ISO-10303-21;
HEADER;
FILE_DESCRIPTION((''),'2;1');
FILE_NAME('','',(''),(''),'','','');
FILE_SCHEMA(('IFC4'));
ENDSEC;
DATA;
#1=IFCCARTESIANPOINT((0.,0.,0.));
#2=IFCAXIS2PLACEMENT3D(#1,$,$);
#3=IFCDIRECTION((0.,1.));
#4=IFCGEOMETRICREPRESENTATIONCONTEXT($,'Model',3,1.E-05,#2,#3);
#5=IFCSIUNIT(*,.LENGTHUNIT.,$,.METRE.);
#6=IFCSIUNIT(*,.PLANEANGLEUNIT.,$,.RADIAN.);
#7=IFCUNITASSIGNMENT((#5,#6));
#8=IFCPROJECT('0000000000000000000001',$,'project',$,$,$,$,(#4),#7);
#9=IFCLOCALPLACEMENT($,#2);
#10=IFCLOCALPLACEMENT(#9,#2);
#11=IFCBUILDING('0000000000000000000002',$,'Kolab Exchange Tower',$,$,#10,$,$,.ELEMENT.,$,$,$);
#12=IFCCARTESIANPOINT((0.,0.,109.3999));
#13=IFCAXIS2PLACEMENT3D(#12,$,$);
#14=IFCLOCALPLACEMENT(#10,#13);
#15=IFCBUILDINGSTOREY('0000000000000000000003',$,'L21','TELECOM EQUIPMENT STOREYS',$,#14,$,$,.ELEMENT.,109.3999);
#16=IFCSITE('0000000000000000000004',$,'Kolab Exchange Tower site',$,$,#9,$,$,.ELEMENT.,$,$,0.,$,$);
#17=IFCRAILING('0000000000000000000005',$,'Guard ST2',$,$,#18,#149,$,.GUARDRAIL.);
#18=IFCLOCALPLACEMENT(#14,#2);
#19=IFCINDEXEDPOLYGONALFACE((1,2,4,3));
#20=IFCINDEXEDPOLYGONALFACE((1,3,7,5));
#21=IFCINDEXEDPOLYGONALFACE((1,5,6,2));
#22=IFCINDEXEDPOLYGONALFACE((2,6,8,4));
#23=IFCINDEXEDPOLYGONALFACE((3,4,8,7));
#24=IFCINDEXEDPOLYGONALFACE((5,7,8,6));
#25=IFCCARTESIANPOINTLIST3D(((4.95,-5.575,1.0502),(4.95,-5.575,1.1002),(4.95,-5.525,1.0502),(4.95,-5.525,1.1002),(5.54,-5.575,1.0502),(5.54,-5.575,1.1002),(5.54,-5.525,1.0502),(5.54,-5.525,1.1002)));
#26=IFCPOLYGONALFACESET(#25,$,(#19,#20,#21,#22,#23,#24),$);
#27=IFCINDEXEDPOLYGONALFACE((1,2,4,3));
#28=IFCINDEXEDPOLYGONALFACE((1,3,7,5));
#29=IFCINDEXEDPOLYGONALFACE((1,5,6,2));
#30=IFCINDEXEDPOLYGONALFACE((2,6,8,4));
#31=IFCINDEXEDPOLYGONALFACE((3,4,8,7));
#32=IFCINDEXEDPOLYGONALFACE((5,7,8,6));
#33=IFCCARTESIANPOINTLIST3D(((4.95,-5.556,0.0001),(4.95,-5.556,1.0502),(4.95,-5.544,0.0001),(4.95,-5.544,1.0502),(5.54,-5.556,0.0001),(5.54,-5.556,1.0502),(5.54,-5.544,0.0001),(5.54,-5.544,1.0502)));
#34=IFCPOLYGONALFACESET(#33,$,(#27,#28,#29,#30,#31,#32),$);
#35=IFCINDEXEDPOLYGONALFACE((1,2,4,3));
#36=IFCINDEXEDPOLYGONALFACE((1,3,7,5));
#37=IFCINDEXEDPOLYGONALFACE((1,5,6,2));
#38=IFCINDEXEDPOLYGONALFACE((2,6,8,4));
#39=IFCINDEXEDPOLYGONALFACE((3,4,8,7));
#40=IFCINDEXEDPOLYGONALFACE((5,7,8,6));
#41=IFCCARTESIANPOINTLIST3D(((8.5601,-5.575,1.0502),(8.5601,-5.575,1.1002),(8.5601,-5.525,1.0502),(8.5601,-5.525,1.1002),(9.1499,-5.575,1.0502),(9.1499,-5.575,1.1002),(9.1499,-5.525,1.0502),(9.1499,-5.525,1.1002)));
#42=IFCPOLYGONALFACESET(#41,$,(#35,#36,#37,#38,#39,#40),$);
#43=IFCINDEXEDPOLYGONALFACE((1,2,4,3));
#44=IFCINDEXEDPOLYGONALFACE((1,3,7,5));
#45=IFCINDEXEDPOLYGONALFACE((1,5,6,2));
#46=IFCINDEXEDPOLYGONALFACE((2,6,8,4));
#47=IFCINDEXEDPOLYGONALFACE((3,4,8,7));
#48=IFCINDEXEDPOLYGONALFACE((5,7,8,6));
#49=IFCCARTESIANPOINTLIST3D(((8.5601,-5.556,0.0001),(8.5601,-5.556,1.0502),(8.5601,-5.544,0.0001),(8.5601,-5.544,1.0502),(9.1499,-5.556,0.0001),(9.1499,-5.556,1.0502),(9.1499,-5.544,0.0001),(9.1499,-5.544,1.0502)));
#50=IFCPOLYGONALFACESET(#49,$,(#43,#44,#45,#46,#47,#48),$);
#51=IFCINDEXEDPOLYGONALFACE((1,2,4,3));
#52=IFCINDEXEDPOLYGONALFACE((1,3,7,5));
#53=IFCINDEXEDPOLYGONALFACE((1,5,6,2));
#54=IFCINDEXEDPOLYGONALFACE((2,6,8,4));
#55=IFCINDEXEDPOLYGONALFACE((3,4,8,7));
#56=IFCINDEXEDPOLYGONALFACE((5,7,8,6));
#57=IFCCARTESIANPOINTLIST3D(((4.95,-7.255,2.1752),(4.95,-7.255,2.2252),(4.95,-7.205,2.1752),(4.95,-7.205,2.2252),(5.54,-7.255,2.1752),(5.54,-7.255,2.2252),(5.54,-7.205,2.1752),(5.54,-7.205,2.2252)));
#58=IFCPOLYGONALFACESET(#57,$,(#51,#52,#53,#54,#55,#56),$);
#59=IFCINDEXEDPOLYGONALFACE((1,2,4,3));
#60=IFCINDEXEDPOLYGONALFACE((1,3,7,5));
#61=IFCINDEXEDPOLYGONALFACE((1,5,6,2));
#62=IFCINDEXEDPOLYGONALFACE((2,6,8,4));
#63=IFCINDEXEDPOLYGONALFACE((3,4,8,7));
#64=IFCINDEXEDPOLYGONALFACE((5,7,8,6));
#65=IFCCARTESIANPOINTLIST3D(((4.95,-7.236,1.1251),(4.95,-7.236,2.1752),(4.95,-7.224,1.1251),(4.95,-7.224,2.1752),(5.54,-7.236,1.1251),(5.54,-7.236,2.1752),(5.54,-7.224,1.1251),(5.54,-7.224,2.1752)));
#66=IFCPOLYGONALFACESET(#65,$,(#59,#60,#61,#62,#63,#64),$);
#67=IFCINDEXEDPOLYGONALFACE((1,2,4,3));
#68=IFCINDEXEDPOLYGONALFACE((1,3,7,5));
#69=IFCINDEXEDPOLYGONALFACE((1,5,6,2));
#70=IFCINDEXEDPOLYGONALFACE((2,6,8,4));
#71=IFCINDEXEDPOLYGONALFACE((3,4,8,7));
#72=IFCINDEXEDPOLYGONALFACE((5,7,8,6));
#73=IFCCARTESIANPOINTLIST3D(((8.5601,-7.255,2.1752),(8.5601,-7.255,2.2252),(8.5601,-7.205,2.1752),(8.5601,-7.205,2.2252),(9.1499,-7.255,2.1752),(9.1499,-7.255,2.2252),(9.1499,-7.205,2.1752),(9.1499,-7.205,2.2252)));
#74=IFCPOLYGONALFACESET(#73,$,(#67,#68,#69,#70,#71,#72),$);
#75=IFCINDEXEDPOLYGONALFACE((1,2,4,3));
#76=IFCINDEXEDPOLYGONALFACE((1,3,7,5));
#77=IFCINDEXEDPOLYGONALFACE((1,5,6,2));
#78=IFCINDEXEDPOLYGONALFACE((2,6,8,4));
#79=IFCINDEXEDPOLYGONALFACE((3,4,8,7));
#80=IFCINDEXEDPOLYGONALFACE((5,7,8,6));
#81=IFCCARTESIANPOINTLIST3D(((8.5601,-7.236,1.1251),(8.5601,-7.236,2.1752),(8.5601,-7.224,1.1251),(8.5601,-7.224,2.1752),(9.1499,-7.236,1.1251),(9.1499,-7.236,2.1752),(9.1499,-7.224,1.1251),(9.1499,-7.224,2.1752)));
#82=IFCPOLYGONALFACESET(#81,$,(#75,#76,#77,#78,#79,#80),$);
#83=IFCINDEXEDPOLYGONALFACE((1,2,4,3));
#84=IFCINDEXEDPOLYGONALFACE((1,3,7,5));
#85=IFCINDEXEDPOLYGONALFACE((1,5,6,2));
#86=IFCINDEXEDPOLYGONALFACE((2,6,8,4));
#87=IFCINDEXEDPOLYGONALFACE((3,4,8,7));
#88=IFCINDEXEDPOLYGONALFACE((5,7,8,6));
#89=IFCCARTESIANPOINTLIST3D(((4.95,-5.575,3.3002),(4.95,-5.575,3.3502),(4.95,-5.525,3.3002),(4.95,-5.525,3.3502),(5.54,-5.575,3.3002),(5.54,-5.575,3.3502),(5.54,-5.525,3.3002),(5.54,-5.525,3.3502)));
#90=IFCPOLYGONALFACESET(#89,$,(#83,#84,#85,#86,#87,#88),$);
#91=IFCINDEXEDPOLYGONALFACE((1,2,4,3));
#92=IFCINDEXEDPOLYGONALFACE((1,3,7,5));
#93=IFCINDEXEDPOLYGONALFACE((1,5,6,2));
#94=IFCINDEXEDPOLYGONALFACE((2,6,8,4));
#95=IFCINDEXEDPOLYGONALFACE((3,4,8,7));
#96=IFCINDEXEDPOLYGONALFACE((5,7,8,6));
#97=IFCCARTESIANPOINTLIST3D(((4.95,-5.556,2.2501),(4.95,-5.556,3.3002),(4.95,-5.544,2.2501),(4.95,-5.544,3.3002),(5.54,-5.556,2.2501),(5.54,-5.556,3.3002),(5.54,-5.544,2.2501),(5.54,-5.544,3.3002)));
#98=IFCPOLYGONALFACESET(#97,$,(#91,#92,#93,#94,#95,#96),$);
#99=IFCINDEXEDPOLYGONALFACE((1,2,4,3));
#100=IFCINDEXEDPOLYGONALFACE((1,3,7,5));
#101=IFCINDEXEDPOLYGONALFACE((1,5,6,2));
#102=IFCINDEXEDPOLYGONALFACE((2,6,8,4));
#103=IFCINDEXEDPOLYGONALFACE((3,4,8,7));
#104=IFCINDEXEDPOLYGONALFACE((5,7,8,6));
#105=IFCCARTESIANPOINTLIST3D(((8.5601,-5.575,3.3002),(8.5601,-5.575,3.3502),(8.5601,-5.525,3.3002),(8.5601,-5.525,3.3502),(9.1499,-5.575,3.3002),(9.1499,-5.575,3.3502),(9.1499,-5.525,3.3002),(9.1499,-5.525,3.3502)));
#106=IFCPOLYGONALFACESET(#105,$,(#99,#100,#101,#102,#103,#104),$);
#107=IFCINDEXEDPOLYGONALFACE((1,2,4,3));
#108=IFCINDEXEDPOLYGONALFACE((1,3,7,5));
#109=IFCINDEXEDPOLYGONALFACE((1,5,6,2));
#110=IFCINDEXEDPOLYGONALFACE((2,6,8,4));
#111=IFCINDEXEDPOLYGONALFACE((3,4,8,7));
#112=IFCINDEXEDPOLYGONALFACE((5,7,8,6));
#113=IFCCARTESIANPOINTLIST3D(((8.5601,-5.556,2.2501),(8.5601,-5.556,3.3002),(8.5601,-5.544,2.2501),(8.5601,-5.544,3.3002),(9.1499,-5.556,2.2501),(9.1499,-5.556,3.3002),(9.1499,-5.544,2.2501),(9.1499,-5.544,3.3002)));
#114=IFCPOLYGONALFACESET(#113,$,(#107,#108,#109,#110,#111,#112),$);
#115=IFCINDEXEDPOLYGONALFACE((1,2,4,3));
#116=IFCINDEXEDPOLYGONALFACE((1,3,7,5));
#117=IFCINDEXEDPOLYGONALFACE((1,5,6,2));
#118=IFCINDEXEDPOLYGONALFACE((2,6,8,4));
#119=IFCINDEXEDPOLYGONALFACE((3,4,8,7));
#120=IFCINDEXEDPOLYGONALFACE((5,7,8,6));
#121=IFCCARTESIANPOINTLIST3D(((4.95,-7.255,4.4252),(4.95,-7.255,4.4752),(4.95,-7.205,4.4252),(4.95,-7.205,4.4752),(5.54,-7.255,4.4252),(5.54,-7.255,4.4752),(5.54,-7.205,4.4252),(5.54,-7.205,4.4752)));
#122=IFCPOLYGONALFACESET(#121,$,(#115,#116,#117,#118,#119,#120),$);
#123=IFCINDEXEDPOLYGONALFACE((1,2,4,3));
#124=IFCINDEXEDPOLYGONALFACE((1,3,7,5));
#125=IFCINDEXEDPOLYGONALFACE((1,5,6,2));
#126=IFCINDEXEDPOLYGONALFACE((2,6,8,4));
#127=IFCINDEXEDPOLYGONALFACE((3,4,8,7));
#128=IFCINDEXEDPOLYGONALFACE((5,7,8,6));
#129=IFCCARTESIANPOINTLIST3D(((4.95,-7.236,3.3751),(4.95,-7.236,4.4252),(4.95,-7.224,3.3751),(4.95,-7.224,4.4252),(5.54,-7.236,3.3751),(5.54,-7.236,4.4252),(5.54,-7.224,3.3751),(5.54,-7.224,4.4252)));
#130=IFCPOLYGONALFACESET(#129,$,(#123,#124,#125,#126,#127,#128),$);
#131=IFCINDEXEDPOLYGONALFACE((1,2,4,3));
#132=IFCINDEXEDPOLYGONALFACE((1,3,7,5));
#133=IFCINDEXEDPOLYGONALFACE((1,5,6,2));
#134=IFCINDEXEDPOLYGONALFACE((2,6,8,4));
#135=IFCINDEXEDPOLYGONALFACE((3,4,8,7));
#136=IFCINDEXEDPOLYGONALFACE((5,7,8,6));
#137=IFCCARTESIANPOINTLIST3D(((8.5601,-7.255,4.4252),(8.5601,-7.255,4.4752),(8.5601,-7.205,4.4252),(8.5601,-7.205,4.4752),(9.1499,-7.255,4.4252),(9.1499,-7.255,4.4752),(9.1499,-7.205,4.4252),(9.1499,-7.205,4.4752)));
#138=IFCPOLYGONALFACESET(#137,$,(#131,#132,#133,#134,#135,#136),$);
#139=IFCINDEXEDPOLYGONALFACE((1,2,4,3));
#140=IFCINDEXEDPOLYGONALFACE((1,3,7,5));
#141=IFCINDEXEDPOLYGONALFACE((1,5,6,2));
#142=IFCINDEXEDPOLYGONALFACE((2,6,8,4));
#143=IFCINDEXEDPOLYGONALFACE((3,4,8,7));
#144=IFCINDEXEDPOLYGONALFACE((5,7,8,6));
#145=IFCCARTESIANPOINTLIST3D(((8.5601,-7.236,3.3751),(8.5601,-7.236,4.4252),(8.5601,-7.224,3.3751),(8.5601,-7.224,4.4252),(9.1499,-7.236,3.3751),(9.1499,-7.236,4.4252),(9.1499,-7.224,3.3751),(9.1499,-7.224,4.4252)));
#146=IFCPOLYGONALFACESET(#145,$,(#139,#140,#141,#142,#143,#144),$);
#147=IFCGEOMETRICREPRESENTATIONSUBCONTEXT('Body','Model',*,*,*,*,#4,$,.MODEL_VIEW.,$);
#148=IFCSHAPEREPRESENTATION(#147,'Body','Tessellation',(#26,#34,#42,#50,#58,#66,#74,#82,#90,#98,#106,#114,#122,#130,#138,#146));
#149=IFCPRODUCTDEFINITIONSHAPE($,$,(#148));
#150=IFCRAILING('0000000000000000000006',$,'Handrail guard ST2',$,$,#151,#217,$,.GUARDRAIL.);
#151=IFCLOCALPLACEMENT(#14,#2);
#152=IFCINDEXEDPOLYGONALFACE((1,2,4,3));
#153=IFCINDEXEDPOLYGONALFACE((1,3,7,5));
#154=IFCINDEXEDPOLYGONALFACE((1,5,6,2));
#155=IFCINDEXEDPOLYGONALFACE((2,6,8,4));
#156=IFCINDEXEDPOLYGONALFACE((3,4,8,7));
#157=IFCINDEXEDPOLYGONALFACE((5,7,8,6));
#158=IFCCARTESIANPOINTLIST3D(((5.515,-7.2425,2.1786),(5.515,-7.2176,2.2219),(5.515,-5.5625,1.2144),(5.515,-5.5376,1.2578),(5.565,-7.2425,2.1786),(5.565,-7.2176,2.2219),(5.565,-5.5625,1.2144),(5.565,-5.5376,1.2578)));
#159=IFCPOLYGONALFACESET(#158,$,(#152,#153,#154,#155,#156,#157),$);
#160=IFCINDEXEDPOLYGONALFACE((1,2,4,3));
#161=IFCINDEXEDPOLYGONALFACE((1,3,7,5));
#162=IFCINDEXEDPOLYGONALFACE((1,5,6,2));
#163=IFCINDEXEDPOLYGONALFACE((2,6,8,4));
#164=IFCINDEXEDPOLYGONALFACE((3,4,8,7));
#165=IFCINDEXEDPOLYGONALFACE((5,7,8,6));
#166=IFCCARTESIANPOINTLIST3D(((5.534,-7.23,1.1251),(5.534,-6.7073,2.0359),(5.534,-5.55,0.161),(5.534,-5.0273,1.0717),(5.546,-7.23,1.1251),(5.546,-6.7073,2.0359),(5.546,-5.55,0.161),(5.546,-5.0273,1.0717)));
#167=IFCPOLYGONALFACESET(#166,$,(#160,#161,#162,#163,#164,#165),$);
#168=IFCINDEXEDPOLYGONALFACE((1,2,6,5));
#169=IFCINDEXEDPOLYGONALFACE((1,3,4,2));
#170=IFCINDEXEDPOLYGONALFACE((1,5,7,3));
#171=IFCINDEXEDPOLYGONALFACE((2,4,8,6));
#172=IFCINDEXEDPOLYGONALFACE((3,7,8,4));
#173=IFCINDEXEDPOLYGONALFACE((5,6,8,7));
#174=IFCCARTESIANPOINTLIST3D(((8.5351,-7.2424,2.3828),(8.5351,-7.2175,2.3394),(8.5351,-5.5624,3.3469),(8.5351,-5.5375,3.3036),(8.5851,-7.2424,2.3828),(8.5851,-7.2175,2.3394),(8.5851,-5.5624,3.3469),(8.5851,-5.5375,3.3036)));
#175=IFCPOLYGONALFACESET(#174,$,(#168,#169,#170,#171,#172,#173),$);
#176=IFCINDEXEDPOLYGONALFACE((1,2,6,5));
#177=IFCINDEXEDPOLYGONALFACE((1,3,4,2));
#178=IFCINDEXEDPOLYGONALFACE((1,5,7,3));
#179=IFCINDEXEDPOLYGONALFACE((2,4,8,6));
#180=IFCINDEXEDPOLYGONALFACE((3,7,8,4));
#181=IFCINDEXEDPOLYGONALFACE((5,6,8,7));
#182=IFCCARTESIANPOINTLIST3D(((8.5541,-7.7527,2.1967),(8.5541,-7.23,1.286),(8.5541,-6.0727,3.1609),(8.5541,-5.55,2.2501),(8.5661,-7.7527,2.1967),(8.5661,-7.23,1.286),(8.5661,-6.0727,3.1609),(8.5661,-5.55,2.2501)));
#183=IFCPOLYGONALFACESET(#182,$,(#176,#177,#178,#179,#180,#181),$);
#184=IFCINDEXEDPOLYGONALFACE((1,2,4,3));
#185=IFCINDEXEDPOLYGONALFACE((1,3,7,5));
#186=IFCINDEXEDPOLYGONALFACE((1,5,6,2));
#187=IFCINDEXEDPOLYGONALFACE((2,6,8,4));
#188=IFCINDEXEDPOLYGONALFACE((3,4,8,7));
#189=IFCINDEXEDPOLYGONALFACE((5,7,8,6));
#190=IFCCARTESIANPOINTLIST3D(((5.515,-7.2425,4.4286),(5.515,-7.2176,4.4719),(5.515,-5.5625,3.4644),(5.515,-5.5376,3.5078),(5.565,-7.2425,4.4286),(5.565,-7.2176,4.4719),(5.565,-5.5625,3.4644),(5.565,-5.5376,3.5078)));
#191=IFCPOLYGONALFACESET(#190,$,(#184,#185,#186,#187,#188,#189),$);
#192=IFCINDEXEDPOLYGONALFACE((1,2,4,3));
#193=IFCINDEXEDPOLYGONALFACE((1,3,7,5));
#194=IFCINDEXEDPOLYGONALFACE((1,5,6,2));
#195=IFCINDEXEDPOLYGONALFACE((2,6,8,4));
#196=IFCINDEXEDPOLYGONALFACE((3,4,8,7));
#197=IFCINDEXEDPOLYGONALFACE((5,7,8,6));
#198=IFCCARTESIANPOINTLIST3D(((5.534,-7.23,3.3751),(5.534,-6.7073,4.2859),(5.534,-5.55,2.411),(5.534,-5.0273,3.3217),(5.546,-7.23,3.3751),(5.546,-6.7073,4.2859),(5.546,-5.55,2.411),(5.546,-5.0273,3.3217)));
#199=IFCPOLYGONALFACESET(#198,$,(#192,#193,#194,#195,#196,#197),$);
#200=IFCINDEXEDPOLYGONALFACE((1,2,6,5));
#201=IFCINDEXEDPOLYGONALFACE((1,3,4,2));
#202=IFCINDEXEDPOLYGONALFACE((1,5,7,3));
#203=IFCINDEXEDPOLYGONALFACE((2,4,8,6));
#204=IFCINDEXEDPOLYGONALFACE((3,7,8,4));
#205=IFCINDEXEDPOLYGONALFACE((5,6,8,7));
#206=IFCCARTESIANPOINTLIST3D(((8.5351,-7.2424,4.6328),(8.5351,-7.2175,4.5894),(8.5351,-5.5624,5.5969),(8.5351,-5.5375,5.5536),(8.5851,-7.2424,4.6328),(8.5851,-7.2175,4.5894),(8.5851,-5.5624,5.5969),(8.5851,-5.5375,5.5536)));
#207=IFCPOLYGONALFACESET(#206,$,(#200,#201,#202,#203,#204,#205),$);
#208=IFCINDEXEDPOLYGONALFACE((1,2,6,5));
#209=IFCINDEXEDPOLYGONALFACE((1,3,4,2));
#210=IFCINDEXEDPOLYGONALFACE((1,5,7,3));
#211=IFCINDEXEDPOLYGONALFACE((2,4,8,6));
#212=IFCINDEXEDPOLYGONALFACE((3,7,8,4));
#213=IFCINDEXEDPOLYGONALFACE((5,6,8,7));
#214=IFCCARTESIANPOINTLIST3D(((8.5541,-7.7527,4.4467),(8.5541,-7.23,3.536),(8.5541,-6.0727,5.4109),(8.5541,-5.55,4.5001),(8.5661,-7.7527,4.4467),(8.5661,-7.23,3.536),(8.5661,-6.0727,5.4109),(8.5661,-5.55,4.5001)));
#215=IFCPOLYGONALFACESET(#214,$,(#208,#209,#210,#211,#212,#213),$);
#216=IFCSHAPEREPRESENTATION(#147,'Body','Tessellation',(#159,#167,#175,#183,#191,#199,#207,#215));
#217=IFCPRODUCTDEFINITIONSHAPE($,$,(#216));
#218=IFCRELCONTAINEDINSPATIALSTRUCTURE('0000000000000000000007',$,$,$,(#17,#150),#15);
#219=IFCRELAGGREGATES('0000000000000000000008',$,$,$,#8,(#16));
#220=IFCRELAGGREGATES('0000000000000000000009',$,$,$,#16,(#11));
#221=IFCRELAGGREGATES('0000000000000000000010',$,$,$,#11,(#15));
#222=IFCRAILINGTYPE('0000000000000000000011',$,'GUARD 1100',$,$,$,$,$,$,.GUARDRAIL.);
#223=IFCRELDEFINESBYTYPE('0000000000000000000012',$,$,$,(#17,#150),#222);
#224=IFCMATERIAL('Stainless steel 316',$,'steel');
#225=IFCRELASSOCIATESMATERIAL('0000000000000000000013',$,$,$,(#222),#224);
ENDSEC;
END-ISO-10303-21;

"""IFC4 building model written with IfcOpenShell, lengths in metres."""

from ifc_helpers import new_model, si_unit, direction, frame, frame_2d, origin, origin_2d, place, context, subcontext, project, spatial, rectangle, extrude, material, type_object, element, save


model = new_model("IFC4")

# Units and contexts
model_context = context("Model", 3, precision=1e-05, world=origin(), true_north=direction((0.0, 1.0)))
body_context = subcontext(model_context, "Body", "Model", "MODEL_VIEW")
ifc_project = project(units=[si_unit("LENGTHUNIT", "METRE"), si_unit("PLANEANGLEUNIT", "RADIAN")], contexts=[model_context])

# Site, building, storey
site_placement = place(None, origin())
site = spatial("IfcSite", under=ifc_project, at=site_placement, Name="Kolab Exchange Tower site", CompositionType="ELEMENT", RefElevation=0.0)
building_placement = place(site_placement, origin())
building = spatial("IfcBuilding", under=site, at=building_placement, Name="Kolab Exchange Tower", CompositionType="ELEMENT")
storey_placement = place(building_placement, frame((0.0, 0.0, 109.3999)))
storey = spatial("IfcBuildingStorey", under=building, at=storey_placement, Name="L21", Description="TELECOM EQUIPMENT STOREYS", CompositionType="ELEMENT", Elevation=109.3999)

# Shared definitions
ifc_material_1 = material(Name="Stainless steel 316", Category="steel")

# Railings
railing_type = type_object("IfcRailingType", Name="GUARD 1100", PredefinedType="GUARDRAIL", material=ifc_material_1)
railing_1_placement = place(storey_placement, frame((4.95, -5.55, 0.0)))
element("IfcRailing", 1, at=railing_1_placement, inside=storey, type_object=railing_type, Name="Guard ST2", PredefinedType="GUARDRAIL", context=body_context, shape_type="SweptSolid", body=[
    extrude(rectangle(XDim=0.05, YDim=0.05, at=origin_2d()), frame((0.0, 0.0, 1.0752), z_axis=(1.0, 0.0, 0.0), x_axis=(0.0, 1.0, 0.0)), (0.0, 0.0, 1.0), 0.5901),
    extrude(rectangle(XDim=0.012, YDim=1.0501, at=frame_2d((0.0, 0.5251))), frame((0.0, 0.0, 0.0), z_axis=(1.0, 0.0, 0.0), x_axis=(0.0, 1.0, 0.0)), (0.0, 0.0, 1.0), 0.5901),
    extrude(rectangle(XDim=0.05, YDim=0.05, at=origin_2d()), frame((3.6101, 0.0, 1.0752), z_axis=(1.0, 0.0, 0.0), x_axis=(0.0, 1.0, 0.0)), (0.0, 0.0, 1.0), 0.5898),
    extrude(rectangle(XDim=0.012, YDim=1.0501, at=frame_2d((0.0, 0.5251))), frame((3.6101, 0.0, 0.0), z_axis=(1.0, 0.0, 0.0), x_axis=(0.0, 1.0, 0.0)), (0.0, 0.0, 1.0), 0.5898),
    extrude(rectangle(XDim=0.05, YDim=0.05, at=origin_2d()), frame((0.0, -1.6799, 2.2002), z_axis=(1.0, 0.0, 0.0), x_axis=(0.0, 1.0, 0.0)), (0.0, 0.0, 1.0), 0.5901),
    extrude(rectangle(XDim=0.012, YDim=1.0501, at=frame_2d((0.0, 0.5251))), frame((0.0, -1.6799, 1.125), z_axis=(1.0, 0.0, 0.0), x_axis=(0.0, 1.0, 0.0)), (0.0, 0.0, 1.0), 0.5901),
    extrude(rectangle(XDim=0.05, YDim=0.05, at=origin_2d()), frame((3.6101, -1.6799, 2.2002), z_axis=(1.0, 0.0, 0.0), x_axis=(0.0, 1.0, 0.0)), (0.0, 0.0, 1.0), 0.5898),
    extrude(rectangle(XDim=0.012, YDim=1.0501, at=frame_2d((0.0, 0.5251))), frame((3.6101, -1.6799, 1.125), z_axis=(1.0, 0.0, 0.0), x_axis=(0.0, 1.0, 0.0)), (0.0, 0.0, 1.0), 0.5898),
    extrude(rectangle(XDim=0.05, YDim=0.05, at=origin_2d()), frame((0.0, 0.0, 3.3252), z_axis=(1.0, 0.0, 0.0), x_axis=(0.0, 1.0, 0.0)), (0.0, 0.0, 1.0), 0.5901),
    extrude(rectangle(XDim=0.012, YDim=1.0501, at=frame_2d((0.0, 0.5251))), frame((0.0, 0.0, 2.25), z_axis=(1.0, 0.0, 0.0), x_axis=(0.0, 1.0, 0.0)), (0.0, 0.0, 1.0), 0.5901),
    extrude(rectangle(XDim=0.05, YDim=0.05, at=origin_2d()), frame((3.6101, 0.0, 3.3252), z_axis=(1.0, 0.0, 0.0), x_axis=(0.0, 1.0, 0.0)), (0.0, 0.0, 1.0), 0.5898),
    extrude(rectangle(XDim=0.012, YDim=1.0501, at=frame_2d((0.0, 0.5251))), frame((3.6101, 0.0, 2.25), z_axis=(1.0, 0.0, 0.0), x_axis=(0.0, 1.0, 0.0)), (0.0, 0.0, 1.0), 0.5898),
    extrude(rectangle(XDim=0.05, YDim=0.05, at=origin_2d()), frame((0.0, -1.6799, 4.4502), z_axis=(1.0, 0.0, 0.0), x_axis=(0.0, 1.0, 0.0)), (0.0, 0.0, 1.0), 0.5901),
    extrude(rectangle(XDim=0.012, YDim=1.0501, at=frame_2d((0.0, 0.5251))), frame((0.0, -1.6799, 3.375), z_axis=(1.0, 0.0, 0.0), x_axis=(0.0, 1.0, 0.0)), (0.0, 0.0, 1.0), 0.5901),
    extrude(rectangle(XDim=0.05, YDim=0.05, at=origin_2d()), frame((3.6101, -1.6799, 4.4502), z_axis=(1.0, 0.0, 0.0), x_axis=(0.0, 1.0, 0.0)), (0.0, 0.0, 1.0), 0.5898),
    extrude(rectangle(XDim=0.012, YDim=1.0501, at=frame_2d((0.0, 0.5251))), frame((3.6101, -1.6799, 3.375), z_axis=(1.0, 0.0, 0.0), x_axis=(0.0, 1.0, 0.0)), (0.0, 0.0, 1.0), 0.5898),
])
railing_2_placement = place(storey_placement, frame((5.54, -5.55, 0.1609)))
element("IfcRailing", 2, at=railing_2_placement, inside=storey, type_object=railing_type, Name="Handrail guard ST2", PredefinedType="GUARDRAIL", context=body_context, shape_type="SweptSolid", body=[
    extrude(rectangle(XDim=0.05, YDim=0.05, at=origin_2d()), frame((0.0, 0.0, 1.0752), z_axis=(0.0, -0.867319, 0.497753), x_axis=(1.0, 0.0, 0.0)), (0.0, 0.0, 1.0), 1.937),
    extrude(rectangle(XDim=0.012, YDim=1.0501, at=frame_2d((0.0, 0.5251))), frame((0.0, 0.0, 0.0), z_axis=(0.0, -0.867319, 0.497753), x_axis=(1.0, 0.0, 0.0)), (0.0, 0.0, 1.0), 1.937),
    extrude(rectangle(XDim=0.05, YDim=0.05, at=origin_2d()), frame((3.02, -1.6799, 2.2002), z_axis=(0.0, 0.867319, 0.497753), x_axis=(-1.0, 0.0, 0.0)), (0.0, 0.0, 1.0), 1.937),
    extrude(rectangle(XDim=0.012, YDim=1.0501, at=frame_2d((0.0, 0.5251))), frame((3.02, -1.6799, 1.125), z_axis=(0.0, 0.867319, 0.497753), x_axis=(-1.0, 0.0, 0.0)), (0.0, 0.0, 1.0), 1.937),
    extrude(rectangle(XDim=0.05, YDim=0.05, at=origin_2d()), frame((0.0, 0.0, 3.3252), z_axis=(0.0, -0.867319, 0.497753), x_axis=(1.0, 0.0, 0.0)), (0.0, 0.0, 1.0), 1.937),
    extrude(rectangle(XDim=0.012, YDim=1.0501, at=frame_2d((0.0, 0.5251))), frame((0.0, 0.0, 2.25), z_axis=(0.0, -0.867319, 0.497753), x_axis=(1.0, 0.0, 0.0)), (0.0, 0.0, 1.0), 1.937),
    extrude(rectangle(XDim=0.05, YDim=0.05, at=origin_2d()), frame((3.02, -1.6799, 4.4502), z_axis=(0.0, 0.867319, 0.497753), x_axis=(-1.0, 0.0, 0.0)), (0.0, 0.0, 1.0), 1.937),
    extrude(rectangle(XDim=0.012, YDim=1.0501, at=frame_2d((0.0, 0.5251))), frame((3.02, -1.6799, 3.375), z_axis=(0.0, 0.867319, 0.497753), x_axis=(-1.0, 0.0, 0.0)), (0.0, 0.0, 1.0), 1.937),
])

save(model, "model.ifc")
